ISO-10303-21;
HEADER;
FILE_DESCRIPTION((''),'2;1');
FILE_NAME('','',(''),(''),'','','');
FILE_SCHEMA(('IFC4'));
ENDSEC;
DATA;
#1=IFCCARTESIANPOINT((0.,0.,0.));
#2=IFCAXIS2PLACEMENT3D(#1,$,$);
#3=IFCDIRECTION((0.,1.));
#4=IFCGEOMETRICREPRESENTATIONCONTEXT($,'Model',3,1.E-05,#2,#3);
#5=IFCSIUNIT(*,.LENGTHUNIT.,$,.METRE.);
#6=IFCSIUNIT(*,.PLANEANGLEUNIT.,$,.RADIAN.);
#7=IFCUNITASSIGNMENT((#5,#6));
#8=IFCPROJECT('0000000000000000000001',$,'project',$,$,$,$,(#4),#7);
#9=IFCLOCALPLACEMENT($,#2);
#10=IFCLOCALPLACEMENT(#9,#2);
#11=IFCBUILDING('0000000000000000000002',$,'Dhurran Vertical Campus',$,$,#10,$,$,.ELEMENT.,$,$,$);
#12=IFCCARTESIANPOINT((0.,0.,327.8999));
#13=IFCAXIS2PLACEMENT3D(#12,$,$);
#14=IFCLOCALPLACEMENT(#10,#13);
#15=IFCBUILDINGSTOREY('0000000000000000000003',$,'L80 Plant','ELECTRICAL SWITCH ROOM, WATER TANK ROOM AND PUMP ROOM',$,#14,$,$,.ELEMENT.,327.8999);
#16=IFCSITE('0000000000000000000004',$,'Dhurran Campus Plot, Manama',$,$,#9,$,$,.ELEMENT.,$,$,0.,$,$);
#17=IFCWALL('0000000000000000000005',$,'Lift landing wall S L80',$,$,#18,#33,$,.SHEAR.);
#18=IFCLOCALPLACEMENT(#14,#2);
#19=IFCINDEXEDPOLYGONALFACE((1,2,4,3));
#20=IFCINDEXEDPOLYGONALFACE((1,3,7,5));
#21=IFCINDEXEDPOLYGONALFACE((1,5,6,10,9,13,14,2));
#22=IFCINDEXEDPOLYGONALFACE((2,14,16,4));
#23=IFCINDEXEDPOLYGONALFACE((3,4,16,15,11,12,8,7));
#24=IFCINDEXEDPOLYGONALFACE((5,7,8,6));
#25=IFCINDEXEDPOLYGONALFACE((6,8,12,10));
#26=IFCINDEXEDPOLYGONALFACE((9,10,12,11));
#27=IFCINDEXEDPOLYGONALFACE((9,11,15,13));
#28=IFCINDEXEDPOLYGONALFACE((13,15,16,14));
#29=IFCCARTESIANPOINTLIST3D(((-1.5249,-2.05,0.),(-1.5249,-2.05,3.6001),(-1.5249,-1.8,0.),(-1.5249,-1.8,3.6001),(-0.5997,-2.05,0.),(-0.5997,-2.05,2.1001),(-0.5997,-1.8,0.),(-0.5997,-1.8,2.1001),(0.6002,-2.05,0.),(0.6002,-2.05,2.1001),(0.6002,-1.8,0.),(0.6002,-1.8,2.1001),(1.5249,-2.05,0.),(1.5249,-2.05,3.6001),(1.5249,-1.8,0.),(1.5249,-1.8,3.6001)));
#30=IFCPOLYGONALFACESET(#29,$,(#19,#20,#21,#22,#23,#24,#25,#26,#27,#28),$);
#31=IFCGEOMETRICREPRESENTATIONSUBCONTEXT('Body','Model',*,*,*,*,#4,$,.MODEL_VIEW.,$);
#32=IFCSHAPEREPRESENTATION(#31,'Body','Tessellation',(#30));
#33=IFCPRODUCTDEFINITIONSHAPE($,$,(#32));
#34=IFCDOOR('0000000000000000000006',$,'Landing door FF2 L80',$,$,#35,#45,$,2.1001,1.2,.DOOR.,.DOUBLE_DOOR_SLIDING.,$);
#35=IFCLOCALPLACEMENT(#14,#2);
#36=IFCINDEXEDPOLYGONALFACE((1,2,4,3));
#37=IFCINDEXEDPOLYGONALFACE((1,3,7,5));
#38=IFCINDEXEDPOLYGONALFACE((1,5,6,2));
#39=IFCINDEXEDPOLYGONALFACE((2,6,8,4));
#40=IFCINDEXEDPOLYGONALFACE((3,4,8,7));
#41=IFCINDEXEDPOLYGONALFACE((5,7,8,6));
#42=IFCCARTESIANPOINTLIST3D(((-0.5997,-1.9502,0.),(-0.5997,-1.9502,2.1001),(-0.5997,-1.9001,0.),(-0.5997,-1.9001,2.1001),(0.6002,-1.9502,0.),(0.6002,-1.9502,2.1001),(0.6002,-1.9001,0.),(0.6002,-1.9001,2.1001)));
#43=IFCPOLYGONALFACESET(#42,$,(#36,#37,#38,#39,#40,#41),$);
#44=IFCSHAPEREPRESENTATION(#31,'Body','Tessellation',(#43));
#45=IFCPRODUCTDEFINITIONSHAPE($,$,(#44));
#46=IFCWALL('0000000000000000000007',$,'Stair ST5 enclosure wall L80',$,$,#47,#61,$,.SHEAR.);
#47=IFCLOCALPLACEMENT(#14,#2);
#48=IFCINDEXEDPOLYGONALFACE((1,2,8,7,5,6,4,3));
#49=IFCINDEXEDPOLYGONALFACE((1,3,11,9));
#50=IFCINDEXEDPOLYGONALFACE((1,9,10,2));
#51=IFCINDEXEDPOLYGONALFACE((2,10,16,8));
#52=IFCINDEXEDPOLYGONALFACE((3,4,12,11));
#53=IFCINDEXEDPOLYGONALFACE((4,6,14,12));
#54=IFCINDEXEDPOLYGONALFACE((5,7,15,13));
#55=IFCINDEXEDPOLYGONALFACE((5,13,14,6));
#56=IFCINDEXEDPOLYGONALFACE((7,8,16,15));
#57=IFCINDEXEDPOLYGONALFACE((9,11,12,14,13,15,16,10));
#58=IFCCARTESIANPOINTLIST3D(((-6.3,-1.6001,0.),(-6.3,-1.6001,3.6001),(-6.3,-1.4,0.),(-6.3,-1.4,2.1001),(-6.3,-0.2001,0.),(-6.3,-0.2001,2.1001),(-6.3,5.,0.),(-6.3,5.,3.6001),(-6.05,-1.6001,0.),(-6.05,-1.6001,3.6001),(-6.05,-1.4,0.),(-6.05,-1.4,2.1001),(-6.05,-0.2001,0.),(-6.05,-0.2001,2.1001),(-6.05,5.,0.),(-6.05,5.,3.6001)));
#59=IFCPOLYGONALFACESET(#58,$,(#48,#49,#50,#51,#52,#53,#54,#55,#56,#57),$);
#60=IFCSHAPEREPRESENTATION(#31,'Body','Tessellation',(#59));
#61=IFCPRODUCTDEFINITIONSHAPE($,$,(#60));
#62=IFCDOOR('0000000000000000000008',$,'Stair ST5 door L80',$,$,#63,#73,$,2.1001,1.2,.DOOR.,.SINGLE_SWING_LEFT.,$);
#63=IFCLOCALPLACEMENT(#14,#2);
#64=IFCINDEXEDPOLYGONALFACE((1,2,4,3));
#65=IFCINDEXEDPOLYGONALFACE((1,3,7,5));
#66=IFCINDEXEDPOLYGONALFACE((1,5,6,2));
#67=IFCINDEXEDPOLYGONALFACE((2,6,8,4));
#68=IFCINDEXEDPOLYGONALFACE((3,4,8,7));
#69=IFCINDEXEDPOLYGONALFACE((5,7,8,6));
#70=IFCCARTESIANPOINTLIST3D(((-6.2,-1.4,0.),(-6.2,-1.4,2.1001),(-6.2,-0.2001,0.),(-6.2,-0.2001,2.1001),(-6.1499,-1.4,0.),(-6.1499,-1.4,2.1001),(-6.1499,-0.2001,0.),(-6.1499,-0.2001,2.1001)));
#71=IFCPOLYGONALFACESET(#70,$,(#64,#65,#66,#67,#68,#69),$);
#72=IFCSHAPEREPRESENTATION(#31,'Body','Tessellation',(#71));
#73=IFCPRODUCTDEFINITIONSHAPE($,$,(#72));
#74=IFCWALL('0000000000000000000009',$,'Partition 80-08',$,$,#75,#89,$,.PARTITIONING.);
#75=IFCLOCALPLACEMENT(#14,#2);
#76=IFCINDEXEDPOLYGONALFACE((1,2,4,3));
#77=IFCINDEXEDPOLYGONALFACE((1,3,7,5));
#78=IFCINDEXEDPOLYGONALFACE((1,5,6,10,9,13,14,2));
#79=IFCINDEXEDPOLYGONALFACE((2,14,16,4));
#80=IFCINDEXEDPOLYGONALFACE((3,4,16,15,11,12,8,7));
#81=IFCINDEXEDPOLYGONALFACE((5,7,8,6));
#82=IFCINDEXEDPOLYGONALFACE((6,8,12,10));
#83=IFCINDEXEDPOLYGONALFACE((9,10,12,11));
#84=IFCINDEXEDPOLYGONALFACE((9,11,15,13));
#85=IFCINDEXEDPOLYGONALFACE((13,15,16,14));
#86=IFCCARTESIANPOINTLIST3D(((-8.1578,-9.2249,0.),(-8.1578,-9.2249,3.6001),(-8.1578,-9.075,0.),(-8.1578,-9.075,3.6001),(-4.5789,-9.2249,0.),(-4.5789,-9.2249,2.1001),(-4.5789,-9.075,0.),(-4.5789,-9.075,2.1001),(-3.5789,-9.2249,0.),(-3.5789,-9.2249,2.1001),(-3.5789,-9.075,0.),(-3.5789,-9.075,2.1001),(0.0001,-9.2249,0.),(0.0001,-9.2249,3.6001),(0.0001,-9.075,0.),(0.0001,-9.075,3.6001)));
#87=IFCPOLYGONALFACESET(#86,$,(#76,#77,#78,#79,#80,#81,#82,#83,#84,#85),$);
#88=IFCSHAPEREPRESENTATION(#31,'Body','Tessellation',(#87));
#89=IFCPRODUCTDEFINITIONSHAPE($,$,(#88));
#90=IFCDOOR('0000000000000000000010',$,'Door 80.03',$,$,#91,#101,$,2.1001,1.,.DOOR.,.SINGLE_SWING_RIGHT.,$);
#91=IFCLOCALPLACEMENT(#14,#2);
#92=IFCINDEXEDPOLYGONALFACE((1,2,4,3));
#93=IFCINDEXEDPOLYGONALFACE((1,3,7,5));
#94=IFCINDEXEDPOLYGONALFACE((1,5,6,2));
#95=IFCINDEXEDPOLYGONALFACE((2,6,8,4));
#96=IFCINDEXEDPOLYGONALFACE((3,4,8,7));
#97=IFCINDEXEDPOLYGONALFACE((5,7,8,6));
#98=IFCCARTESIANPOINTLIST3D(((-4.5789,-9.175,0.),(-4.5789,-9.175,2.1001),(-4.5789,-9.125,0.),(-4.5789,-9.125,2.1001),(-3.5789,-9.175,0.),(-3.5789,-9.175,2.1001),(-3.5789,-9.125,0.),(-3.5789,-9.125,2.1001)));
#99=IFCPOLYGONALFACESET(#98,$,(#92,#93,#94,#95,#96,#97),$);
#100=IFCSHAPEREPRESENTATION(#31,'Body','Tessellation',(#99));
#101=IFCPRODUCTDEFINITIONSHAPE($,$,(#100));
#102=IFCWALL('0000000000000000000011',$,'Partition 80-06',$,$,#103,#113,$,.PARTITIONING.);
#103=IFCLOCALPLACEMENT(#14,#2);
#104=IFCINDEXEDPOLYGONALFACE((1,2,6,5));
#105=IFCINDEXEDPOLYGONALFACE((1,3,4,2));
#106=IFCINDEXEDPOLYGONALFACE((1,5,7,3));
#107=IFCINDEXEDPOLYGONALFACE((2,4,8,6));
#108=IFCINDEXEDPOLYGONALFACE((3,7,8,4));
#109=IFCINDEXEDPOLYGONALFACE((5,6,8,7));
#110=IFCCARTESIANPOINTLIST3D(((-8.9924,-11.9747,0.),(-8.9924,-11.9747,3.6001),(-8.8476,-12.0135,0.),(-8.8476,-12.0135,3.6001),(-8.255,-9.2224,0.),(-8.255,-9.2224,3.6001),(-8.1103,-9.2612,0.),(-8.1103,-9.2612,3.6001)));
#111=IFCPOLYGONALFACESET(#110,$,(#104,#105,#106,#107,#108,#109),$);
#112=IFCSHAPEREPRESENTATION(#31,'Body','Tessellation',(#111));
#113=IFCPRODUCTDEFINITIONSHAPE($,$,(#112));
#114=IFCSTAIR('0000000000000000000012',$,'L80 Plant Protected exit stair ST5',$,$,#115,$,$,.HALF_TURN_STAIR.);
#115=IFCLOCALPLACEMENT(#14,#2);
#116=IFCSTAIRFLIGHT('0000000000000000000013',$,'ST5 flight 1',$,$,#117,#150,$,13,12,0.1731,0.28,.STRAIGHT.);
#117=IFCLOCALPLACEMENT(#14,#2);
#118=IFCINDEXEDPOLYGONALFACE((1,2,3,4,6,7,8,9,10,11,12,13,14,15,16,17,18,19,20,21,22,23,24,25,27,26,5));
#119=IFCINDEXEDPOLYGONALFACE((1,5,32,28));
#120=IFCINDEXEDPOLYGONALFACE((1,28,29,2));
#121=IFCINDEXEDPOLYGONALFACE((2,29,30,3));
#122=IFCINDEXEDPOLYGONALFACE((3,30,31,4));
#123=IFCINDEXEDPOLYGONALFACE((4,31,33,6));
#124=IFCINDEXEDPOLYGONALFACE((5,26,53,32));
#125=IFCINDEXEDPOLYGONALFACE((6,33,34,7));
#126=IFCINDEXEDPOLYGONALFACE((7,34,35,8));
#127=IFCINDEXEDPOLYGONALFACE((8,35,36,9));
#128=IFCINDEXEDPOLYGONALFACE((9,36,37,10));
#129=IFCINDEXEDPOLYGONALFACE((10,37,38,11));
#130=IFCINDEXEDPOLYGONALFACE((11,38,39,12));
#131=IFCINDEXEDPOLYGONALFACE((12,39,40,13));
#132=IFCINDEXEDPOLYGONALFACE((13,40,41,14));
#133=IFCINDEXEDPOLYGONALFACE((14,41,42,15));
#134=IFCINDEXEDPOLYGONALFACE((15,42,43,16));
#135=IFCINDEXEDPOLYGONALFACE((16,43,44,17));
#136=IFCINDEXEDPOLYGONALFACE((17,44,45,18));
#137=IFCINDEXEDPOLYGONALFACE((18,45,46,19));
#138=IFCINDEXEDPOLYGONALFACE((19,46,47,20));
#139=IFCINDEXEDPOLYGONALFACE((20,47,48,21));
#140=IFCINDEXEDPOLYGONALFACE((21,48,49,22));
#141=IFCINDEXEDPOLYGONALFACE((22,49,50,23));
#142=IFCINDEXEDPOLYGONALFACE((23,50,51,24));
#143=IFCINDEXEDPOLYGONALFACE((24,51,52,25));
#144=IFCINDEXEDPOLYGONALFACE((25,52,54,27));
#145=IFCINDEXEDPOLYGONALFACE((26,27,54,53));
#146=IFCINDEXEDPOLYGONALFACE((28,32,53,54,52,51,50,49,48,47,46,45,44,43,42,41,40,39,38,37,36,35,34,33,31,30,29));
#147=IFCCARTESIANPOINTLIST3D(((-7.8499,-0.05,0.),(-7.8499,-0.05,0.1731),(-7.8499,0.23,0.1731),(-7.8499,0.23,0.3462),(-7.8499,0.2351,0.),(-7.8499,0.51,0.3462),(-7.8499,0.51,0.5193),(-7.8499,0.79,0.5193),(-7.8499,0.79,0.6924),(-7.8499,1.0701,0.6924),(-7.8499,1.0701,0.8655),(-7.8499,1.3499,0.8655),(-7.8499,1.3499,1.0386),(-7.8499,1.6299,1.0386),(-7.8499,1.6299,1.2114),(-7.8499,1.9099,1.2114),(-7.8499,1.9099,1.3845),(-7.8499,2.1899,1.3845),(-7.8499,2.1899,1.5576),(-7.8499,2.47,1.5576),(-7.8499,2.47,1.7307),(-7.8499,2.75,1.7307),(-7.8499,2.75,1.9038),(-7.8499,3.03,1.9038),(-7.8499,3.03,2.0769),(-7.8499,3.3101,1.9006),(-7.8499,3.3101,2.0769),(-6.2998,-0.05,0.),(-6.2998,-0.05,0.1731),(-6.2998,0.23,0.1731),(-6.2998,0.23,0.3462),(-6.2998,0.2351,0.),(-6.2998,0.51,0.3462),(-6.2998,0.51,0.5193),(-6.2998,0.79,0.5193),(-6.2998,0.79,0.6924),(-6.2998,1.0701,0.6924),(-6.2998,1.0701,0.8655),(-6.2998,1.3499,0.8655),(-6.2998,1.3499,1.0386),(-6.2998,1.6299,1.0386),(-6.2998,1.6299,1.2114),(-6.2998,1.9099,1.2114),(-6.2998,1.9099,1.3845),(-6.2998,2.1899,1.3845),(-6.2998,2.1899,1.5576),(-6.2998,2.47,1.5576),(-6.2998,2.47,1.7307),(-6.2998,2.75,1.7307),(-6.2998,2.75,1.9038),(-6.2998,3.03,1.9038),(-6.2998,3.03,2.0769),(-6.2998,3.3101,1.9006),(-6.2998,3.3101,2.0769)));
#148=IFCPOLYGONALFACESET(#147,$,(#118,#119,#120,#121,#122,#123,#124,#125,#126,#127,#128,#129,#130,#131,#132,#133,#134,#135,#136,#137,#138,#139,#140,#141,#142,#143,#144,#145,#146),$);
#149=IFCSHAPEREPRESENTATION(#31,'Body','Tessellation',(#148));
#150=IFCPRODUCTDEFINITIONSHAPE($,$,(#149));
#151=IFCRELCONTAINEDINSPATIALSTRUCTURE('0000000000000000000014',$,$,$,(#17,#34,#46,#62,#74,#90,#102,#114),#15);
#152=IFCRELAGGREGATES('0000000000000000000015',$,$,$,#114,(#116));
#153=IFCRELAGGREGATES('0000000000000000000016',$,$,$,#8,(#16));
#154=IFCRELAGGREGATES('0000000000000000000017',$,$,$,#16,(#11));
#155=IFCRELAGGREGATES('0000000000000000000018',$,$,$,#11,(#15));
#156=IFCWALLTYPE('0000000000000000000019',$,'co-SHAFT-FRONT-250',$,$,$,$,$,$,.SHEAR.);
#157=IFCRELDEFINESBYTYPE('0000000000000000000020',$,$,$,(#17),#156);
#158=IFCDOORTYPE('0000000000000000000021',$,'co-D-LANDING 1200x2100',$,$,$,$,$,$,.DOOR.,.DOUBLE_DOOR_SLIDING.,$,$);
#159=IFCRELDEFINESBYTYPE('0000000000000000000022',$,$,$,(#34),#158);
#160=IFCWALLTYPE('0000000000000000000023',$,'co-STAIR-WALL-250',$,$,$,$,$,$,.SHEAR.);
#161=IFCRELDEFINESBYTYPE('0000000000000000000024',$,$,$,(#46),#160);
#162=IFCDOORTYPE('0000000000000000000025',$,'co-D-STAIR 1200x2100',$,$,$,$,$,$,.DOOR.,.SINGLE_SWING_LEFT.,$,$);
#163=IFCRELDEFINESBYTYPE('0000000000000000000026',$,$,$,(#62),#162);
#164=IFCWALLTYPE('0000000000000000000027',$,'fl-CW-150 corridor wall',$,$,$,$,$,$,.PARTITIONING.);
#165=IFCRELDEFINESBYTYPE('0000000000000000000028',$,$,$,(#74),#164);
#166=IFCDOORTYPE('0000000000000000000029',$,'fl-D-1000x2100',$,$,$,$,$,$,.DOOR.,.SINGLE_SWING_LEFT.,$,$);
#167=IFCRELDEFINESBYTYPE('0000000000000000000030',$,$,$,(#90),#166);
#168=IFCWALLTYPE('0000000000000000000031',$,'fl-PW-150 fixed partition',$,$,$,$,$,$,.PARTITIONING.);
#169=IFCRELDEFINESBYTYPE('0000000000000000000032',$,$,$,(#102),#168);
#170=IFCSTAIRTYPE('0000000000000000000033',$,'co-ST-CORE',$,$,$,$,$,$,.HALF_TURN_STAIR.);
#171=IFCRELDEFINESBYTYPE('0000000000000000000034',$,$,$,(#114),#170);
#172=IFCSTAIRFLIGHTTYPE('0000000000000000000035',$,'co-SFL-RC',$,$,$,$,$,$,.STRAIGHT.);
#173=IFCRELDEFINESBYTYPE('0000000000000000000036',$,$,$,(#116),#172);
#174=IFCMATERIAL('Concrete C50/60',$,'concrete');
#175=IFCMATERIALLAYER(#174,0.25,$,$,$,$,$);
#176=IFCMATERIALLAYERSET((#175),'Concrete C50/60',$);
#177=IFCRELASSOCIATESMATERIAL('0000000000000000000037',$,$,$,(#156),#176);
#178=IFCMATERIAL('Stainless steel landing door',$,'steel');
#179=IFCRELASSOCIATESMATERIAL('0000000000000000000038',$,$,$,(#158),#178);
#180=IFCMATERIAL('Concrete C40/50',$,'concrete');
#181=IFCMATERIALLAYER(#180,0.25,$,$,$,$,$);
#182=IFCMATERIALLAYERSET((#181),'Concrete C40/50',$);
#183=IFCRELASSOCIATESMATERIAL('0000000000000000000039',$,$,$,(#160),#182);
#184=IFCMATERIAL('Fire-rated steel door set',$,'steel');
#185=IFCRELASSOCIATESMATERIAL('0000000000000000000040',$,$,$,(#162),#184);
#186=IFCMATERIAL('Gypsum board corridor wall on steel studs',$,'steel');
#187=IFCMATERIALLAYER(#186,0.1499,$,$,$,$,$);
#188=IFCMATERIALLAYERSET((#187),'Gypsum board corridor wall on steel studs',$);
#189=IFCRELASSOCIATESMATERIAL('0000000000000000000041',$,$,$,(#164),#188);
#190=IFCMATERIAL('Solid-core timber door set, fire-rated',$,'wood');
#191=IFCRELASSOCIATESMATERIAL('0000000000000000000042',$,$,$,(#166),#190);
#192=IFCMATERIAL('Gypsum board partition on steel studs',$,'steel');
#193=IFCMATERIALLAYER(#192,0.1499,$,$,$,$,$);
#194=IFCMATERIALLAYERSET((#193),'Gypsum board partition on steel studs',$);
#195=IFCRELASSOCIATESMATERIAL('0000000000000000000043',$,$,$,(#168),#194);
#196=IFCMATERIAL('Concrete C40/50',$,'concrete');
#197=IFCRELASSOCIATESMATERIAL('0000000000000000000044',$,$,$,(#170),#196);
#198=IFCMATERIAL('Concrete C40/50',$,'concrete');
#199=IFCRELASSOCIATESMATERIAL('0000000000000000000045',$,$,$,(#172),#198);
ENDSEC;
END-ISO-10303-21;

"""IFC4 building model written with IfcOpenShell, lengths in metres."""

from ifc_helpers import new_model, si_unit, direction, frame, frame_2d, origin, place, context, subcontext, project, spatial, polyline, rectangle, outline, extrude, material, layer, layer_set, type_object, element, fill, aggregate, save


model = new_model("IFC4")

# Units and contexts
model_context = context("Model", 3, precision=1e-05, world=origin(), true_north=direction((0.0, 1.0)))
body_context = subcontext(model_context, "Body", "Model", "MODEL_VIEW")
ifc_project = project(units=[si_unit("LENGTHUNIT", "METRE"), si_unit("PLANEANGLEUNIT", "RADIAN")], contexts=[model_context])

# Site, building, storey
site_placement = place(None, origin())
site = spatial("IfcSite", under=ifc_project, at=site_placement, Name="Dhurran Campus Plot, Manama", CompositionType="ELEMENT", RefElevation=0.0)
building_placement = place(site_placement, origin())
building = spatial("IfcBuilding", under=site, at=building_placement, Name="Dhurran Vertical Campus", CompositionType="ELEMENT")
storey_placement = place(building_placement, frame((0.0, 0.0, 327.8999)))
storey = spatial("IfcBuildingStorey", under=building, at=storey_placement, Name="L80 Plant", Description="ELECTRICAL SWITCH ROOM, WATER TANK ROOM AND PUMP ROOM", CompositionType="ELEMENT", Elevation=327.8999)

# Walls, openings, doors
ifc_material_1 = material(Name="Concrete C50/60", Category="concrete")
ifc_layer_1 = layer(ifc_material_1, 0.25)
ifc_layer_set_1 = layer_set([ifc_layer_1], Name="Concrete C50/60")
wall_type_1 = type_object("IfcWallType", Name="co-SHAFT-FRONT-250", PredefinedType="SHEAR", material=ifc_layer_set_1)
wall_1_placement = place(storey_placement, frame((-1.5249, -1.925, 0.0), z_axis=(0.0, 0.0, 1.0), x_axis=(1.0, 0.0, 0.0)))
wall_1 = element("IfcWall", 1, at=wall_1_placement, inside=storey, type_object=wall_type_1, Name="Lift landing wall S L80", PredefinedType="SHEAR", context=body_context, shape_type="SweptSolid", body=[
    extrude(rectangle(XDim=3.0498, YDim=0.25, at=frame_2d((1.5249, 0.0))), origin(), (0.0, 0.0, 1.0), 3.6001),
])
opening_1_placement = place(wall_1_placement, frame((0.925, 0.0, 0.0)))
opening_1 = element("IfcOpeningElement", 2, at=opening_1_placement, cuts=wall_1, PredefinedType="OPENING", context=body_context, shape_type="SweptSolid", body=[
    extrude(rectangle(XDim=1.2, YDim=2.1001, at=frame_2d((0.6001, 1.05))), frame((0.0, 0.135, 0.0), z_axis=(0.0, -1.0, 0.0), x_axis=(1.0, 0.0, 0.0)), (0.0, 0.0, 1.0), 0.27),
])
ifc_material_2 = material(Name="Stainless steel landing door", Category="steel")
door_type_1 = type_object("IfcDoorType", Name="co-D-LANDING 1200x2100", OperationType="DOUBLE_DOOR_SLIDING", PredefinedType="DOOR", material=ifc_material_2)
door_1_placement = place(opening_1_placement, origin())
door_1 = element("IfcDoor", 3, at=door_1_placement, inside=storey, type_object=door_type_1, Name="Landing door FF2 L80", OperationType="DOUBLE_DOOR_SLIDING", OverallHeight=2.1001, OverallWidth=1.2, PredefinedType="DOOR", context=body_context, shape_type="SweptSolid", body=[
    extrude(rectangle(XDim=1.2, YDim=2.1001, at=frame_2d((0.6001, 1.05))), frame((0.0, 0.0249, 0.0), z_axis=(0.0, -1.0, 0.0), x_axis=(1.0, 0.0, 0.0)), (0.0, 0.0, 1.0), 0.05),
])
fill(opening_1, door_1)
ifc_material_3 = material(Name="Concrete C40/50", Category="concrete")
ifc_layer_2 = layer(ifc_material_3, 0.25)
ifc_layer_set_2 = layer_set([ifc_layer_2], Name="Concrete C40/50")
wall_type_2 = type_object("IfcWallType", Name="co-STAIR-WALL-250", PredefinedType="SHEAR", material=ifc_layer_set_2)
wall_2_placement = place(storey_placement, frame((-6.175, -1.6001, 0.0), z_axis=(0.0, 0.0, 1.0), x_axis=(0.0, 1.0, 0.0)))
wall_2 = element("IfcWall", 4, at=wall_2_placement, inside=storey, type_object=wall_type_2, Name="Stair ST5 enclosure wall L80", PredefinedType="SHEAR", context=body_context, shape_type="SweptSolid", body=[
    extrude(rectangle(XDim=6.6001, YDim=0.25, at=frame_2d((3.3, 0.0))), origin(), (0.0, 0.0, 1.0), 3.6001),
])
opening_2_placement = place(wall_2_placement, frame((0.2, 0.0, 0.0)))
opening_2 = element("IfcOpeningElement", 5, at=opening_2_placement, cuts=wall_2, PredefinedType="OPENING", context=body_context, shape_type="SweptSolid", body=[
    extrude(rectangle(XDim=1.2, YDim=2.1001, at=frame_2d((0.6001, 1.05))), frame((0.0, 0.135, 0.0), z_axis=(0.0, -1.0, 0.0), x_axis=(1.0, 0.0, 0.0)), (0.0, 0.0, 1.0), 0.27),
])
ifc_material_4 = material(Name="Fire-rated steel door set", Category="steel")
door_type_2 = type_object("IfcDoorType", Name="co-D-STAIR 1200x2100", OperationType="SINGLE_SWING_LEFT", PredefinedType="DOOR", material=ifc_material_4)
door_2_placement = place(opening_2_placement, origin())
door_2 = element("IfcDoor", 6, at=door_2_placement, inside=storey, type_object=door_type_2, Name="Stair ST5 door L80", OperationType="SINGLE_SWING_LEFT", OverallHeight=2.1001, OverallWidth=1.2, PredefinedType="DOOR", context=body_context, shape_type="SweptSolid", body=[
    extrude(rectangle(XDim=1.2, YDim=2.1001, at=frame_2d((0.6001, 1.05))), frame((0.0, 0.0249, 0.0), z_axis=(0.0, -1.0, 0.0), x_axis=(1.0, 0.0, 0.0)), (0.0, 0.0, 1.0), 0.05),
])
fill(opening_2, door_2)
ifc_material_5 = material(Name="Gypsum board corridor wall on steel studs", Category="steel")
ifc_layer_3 = layer(ifc_material_5, 0.1499)
ifc_layer_set_3 = layer_set([ifc_layer_3], Name="Gypsum board corridor wall on steel studs")
wall_type_3 = type_object("IfcWallType", Name="fl-CW-150 corridor wall", PredefinedType="PARTITIONING", material=ifc_layer_set_3)
wall_3_placement = place(storey_placement, frame((-8.158, -9.1499, 0.0), z_axis=(0.0, 0.0, 1.0), x_axis=(1.0, 0.0, 0.0)))
wall_3 = element("IfcWall", 7, at=wall_3_placement, inside=storey, type_object=wall_type_3, Name="Partition 80-08", PredefinedType="PARTITIONING", context=body_context, shape_type="SweptSolid", body=[
    extrude(rectangle(XDim=8.158, YDim=0.1499, at=frame_2d((4.0791, 0.0))), origin(), (0.0, 0.0, 1.0), 3.6001),
])
opening_3_placement = place(wall_3_placement, frame((3.5791, 0.0, 0.0)))
opening_3 = element("IfcOpeningElement", 8, at=opening_3_placement, cuts=wall_3, PredefinedType="OPENING", context=body_context, shape_type="SweptSolid", body=[
    extrude(rectangle(XDim=1.0, YDim=2.1001, at=frame_2d((0.5, 1.05))), frame((0.0, 0.085, 0.0), z_axis=(0.0, -1.0, 0.0), x_axis=(1.0, 0.0, 0.0)), (0.0, 0.0, 1.0), 0.1699),
])
ifc_material_6 = material(Name="Solid-core timber door set, fire-rated", Category="wood")
door_type_3 = type_object("IfcDoorType", Name="fl-D-1000x2100", OperationType="SINGLE_SWING_LEFT", PredefinedType="DOOR", material=ifc_material_6)
door_3_placement = place(opening_3_placement, origin())
door_3 = element("IfcDoor", 9, at=door_3_placement, inside=storey, type_object=door_type_3, Name="Door 80.03", OperationType="SINGLE_SWING_RIGHT", OverallHeight=2.1001, OverallWidth=1.0, PredefinedType="DOOR", context=body_context, shape_type="SweptSolid", body=[
    extrude(rectangle(XDim=1.0, YDim=2.1001, at=frame_2d((0.5, 1.05))), frame((0.0, 0.0249, 0.0), z_axis=(0.0, -1.0, 0.0), x_axis=(1.0, 0.0, 0.0)), (0.0, 0.0, 1.0), 0.05),
])
fill(opening_3, door_3)

# Wall
ifc_material_7 = material(Name="Gypsum board partition on steel studs", Category="steel")
ifc_layer_4 = layer(ifc_material_7, 0.1499)
ifc_layer_set_4 = layer_set([ifc_layer_4], Name="Gypsum board partition on steel studs")
wall_type_4 = type_object("IfcWallType", Name="fl-PW-150 fixed partition", PredefinedType="PARTITIONING", material=ifc_layer_set_4)
wall_4_placement = place(storey_placement, frame((-8.1826, -9.2417, 0.0), z_axis=(0.0, 0.0, 1.0), x_axis=(-0.258772, -0.965938, 0.0)))
element("IfcWall", 10, at=wall_4_placement, inside=storey, type_object=wall_type_4, Name="Partition 80-06", PredefinedType="PARTITIONING", context=body_context, shape_type="SweptSolid", body=[
    extrude(rectangle(XDim=2.8494, YDim=0.1499, at=frame_2d((1.4248, 0.0))), origin(), (0.0, 0.0, 1.0), 3.6001),
])

# Stair, stair flight
ifc_material_8 = material(Name="Concrete C40/50", Category="concrete")
stair_type = type_object("IfcStairType", Name="co-ST-CORE", PredefinedType="HALF_TURN_STAIR", material=ifc_material_8)
stair_placement = place(storey_placement, origin())
stair = element("IfcStair", 11, at=stair_placement, inside=storey, type_object=stair_type, Name="L80 Plant Protected exit stair ST5", PredefinedType="HALF_TURN_STAIR")
ifc_material_9 = material(Name="Concrete C40/50", Category="concrete")
stair_flight_type = type_object("IfcStairFlightType", Name="co-SFL-RC", PredefinedType="STRAIGHT", material=ifc_material_9)
stair_flight_placement = place(storey_placement, frame((-7.075, -0.05, 0.0), z_axis=(0.0, 0.0, 1.0), x_axis=(0.0, 1.0, 0.0)))
stair_flight = element("IfcStairFlight", 12, at=stair_flight_placement, type_object=stair_flight_type, Name="ST5 flight 1", NumberOfRisers=13, NumberOfTreads=12, PredefinedType="STRAIGHT", RiserHeight=0.1731, TreadLength=0.28, context=body_context, shape_type="SweptSolid", body=[
    extrude(outline(polyline([(0.0, 0.0), (0.0, 0.1731), (0.28, 0.1731), (0.28, 0.3462), (0.5601, 0.3462), (0.5601, 0.5193), (0.8401, 0.5193), (0.8401, 0.6924), (1.1201, 0.6924), (1.1201, 0.8655), (1.3999, 0.8655), (1.3999, 1.0386), (1.6799, 1.0386), (1.6799, 1.2114), (1.96, 1.2114), (1.96, 1.3845), (2.24, 1.3845), (2.24, 1.5576), (2.52, 1.5576), (2.52, 1.7307), (2.8, 1.7307), (2.8, 1.9038), (3.0801, 1.9038), (3.0801, 2.0769), (3.3601, 2.0769), (3.3601, 2.25), (3.3601, 1.9006), (0.2852, 0.0), (0.0, 0.0)])), frame((0.0, 0.7749, 0.0), z_axis=(0.0, -1.0, 0.0), x_axis=(1.0, 0.0, 0.0)), (0.0, 0.0, 1.0), 1.55),
])
aggregate(stair, [stair_flight])

save(model, "model.ifc")
